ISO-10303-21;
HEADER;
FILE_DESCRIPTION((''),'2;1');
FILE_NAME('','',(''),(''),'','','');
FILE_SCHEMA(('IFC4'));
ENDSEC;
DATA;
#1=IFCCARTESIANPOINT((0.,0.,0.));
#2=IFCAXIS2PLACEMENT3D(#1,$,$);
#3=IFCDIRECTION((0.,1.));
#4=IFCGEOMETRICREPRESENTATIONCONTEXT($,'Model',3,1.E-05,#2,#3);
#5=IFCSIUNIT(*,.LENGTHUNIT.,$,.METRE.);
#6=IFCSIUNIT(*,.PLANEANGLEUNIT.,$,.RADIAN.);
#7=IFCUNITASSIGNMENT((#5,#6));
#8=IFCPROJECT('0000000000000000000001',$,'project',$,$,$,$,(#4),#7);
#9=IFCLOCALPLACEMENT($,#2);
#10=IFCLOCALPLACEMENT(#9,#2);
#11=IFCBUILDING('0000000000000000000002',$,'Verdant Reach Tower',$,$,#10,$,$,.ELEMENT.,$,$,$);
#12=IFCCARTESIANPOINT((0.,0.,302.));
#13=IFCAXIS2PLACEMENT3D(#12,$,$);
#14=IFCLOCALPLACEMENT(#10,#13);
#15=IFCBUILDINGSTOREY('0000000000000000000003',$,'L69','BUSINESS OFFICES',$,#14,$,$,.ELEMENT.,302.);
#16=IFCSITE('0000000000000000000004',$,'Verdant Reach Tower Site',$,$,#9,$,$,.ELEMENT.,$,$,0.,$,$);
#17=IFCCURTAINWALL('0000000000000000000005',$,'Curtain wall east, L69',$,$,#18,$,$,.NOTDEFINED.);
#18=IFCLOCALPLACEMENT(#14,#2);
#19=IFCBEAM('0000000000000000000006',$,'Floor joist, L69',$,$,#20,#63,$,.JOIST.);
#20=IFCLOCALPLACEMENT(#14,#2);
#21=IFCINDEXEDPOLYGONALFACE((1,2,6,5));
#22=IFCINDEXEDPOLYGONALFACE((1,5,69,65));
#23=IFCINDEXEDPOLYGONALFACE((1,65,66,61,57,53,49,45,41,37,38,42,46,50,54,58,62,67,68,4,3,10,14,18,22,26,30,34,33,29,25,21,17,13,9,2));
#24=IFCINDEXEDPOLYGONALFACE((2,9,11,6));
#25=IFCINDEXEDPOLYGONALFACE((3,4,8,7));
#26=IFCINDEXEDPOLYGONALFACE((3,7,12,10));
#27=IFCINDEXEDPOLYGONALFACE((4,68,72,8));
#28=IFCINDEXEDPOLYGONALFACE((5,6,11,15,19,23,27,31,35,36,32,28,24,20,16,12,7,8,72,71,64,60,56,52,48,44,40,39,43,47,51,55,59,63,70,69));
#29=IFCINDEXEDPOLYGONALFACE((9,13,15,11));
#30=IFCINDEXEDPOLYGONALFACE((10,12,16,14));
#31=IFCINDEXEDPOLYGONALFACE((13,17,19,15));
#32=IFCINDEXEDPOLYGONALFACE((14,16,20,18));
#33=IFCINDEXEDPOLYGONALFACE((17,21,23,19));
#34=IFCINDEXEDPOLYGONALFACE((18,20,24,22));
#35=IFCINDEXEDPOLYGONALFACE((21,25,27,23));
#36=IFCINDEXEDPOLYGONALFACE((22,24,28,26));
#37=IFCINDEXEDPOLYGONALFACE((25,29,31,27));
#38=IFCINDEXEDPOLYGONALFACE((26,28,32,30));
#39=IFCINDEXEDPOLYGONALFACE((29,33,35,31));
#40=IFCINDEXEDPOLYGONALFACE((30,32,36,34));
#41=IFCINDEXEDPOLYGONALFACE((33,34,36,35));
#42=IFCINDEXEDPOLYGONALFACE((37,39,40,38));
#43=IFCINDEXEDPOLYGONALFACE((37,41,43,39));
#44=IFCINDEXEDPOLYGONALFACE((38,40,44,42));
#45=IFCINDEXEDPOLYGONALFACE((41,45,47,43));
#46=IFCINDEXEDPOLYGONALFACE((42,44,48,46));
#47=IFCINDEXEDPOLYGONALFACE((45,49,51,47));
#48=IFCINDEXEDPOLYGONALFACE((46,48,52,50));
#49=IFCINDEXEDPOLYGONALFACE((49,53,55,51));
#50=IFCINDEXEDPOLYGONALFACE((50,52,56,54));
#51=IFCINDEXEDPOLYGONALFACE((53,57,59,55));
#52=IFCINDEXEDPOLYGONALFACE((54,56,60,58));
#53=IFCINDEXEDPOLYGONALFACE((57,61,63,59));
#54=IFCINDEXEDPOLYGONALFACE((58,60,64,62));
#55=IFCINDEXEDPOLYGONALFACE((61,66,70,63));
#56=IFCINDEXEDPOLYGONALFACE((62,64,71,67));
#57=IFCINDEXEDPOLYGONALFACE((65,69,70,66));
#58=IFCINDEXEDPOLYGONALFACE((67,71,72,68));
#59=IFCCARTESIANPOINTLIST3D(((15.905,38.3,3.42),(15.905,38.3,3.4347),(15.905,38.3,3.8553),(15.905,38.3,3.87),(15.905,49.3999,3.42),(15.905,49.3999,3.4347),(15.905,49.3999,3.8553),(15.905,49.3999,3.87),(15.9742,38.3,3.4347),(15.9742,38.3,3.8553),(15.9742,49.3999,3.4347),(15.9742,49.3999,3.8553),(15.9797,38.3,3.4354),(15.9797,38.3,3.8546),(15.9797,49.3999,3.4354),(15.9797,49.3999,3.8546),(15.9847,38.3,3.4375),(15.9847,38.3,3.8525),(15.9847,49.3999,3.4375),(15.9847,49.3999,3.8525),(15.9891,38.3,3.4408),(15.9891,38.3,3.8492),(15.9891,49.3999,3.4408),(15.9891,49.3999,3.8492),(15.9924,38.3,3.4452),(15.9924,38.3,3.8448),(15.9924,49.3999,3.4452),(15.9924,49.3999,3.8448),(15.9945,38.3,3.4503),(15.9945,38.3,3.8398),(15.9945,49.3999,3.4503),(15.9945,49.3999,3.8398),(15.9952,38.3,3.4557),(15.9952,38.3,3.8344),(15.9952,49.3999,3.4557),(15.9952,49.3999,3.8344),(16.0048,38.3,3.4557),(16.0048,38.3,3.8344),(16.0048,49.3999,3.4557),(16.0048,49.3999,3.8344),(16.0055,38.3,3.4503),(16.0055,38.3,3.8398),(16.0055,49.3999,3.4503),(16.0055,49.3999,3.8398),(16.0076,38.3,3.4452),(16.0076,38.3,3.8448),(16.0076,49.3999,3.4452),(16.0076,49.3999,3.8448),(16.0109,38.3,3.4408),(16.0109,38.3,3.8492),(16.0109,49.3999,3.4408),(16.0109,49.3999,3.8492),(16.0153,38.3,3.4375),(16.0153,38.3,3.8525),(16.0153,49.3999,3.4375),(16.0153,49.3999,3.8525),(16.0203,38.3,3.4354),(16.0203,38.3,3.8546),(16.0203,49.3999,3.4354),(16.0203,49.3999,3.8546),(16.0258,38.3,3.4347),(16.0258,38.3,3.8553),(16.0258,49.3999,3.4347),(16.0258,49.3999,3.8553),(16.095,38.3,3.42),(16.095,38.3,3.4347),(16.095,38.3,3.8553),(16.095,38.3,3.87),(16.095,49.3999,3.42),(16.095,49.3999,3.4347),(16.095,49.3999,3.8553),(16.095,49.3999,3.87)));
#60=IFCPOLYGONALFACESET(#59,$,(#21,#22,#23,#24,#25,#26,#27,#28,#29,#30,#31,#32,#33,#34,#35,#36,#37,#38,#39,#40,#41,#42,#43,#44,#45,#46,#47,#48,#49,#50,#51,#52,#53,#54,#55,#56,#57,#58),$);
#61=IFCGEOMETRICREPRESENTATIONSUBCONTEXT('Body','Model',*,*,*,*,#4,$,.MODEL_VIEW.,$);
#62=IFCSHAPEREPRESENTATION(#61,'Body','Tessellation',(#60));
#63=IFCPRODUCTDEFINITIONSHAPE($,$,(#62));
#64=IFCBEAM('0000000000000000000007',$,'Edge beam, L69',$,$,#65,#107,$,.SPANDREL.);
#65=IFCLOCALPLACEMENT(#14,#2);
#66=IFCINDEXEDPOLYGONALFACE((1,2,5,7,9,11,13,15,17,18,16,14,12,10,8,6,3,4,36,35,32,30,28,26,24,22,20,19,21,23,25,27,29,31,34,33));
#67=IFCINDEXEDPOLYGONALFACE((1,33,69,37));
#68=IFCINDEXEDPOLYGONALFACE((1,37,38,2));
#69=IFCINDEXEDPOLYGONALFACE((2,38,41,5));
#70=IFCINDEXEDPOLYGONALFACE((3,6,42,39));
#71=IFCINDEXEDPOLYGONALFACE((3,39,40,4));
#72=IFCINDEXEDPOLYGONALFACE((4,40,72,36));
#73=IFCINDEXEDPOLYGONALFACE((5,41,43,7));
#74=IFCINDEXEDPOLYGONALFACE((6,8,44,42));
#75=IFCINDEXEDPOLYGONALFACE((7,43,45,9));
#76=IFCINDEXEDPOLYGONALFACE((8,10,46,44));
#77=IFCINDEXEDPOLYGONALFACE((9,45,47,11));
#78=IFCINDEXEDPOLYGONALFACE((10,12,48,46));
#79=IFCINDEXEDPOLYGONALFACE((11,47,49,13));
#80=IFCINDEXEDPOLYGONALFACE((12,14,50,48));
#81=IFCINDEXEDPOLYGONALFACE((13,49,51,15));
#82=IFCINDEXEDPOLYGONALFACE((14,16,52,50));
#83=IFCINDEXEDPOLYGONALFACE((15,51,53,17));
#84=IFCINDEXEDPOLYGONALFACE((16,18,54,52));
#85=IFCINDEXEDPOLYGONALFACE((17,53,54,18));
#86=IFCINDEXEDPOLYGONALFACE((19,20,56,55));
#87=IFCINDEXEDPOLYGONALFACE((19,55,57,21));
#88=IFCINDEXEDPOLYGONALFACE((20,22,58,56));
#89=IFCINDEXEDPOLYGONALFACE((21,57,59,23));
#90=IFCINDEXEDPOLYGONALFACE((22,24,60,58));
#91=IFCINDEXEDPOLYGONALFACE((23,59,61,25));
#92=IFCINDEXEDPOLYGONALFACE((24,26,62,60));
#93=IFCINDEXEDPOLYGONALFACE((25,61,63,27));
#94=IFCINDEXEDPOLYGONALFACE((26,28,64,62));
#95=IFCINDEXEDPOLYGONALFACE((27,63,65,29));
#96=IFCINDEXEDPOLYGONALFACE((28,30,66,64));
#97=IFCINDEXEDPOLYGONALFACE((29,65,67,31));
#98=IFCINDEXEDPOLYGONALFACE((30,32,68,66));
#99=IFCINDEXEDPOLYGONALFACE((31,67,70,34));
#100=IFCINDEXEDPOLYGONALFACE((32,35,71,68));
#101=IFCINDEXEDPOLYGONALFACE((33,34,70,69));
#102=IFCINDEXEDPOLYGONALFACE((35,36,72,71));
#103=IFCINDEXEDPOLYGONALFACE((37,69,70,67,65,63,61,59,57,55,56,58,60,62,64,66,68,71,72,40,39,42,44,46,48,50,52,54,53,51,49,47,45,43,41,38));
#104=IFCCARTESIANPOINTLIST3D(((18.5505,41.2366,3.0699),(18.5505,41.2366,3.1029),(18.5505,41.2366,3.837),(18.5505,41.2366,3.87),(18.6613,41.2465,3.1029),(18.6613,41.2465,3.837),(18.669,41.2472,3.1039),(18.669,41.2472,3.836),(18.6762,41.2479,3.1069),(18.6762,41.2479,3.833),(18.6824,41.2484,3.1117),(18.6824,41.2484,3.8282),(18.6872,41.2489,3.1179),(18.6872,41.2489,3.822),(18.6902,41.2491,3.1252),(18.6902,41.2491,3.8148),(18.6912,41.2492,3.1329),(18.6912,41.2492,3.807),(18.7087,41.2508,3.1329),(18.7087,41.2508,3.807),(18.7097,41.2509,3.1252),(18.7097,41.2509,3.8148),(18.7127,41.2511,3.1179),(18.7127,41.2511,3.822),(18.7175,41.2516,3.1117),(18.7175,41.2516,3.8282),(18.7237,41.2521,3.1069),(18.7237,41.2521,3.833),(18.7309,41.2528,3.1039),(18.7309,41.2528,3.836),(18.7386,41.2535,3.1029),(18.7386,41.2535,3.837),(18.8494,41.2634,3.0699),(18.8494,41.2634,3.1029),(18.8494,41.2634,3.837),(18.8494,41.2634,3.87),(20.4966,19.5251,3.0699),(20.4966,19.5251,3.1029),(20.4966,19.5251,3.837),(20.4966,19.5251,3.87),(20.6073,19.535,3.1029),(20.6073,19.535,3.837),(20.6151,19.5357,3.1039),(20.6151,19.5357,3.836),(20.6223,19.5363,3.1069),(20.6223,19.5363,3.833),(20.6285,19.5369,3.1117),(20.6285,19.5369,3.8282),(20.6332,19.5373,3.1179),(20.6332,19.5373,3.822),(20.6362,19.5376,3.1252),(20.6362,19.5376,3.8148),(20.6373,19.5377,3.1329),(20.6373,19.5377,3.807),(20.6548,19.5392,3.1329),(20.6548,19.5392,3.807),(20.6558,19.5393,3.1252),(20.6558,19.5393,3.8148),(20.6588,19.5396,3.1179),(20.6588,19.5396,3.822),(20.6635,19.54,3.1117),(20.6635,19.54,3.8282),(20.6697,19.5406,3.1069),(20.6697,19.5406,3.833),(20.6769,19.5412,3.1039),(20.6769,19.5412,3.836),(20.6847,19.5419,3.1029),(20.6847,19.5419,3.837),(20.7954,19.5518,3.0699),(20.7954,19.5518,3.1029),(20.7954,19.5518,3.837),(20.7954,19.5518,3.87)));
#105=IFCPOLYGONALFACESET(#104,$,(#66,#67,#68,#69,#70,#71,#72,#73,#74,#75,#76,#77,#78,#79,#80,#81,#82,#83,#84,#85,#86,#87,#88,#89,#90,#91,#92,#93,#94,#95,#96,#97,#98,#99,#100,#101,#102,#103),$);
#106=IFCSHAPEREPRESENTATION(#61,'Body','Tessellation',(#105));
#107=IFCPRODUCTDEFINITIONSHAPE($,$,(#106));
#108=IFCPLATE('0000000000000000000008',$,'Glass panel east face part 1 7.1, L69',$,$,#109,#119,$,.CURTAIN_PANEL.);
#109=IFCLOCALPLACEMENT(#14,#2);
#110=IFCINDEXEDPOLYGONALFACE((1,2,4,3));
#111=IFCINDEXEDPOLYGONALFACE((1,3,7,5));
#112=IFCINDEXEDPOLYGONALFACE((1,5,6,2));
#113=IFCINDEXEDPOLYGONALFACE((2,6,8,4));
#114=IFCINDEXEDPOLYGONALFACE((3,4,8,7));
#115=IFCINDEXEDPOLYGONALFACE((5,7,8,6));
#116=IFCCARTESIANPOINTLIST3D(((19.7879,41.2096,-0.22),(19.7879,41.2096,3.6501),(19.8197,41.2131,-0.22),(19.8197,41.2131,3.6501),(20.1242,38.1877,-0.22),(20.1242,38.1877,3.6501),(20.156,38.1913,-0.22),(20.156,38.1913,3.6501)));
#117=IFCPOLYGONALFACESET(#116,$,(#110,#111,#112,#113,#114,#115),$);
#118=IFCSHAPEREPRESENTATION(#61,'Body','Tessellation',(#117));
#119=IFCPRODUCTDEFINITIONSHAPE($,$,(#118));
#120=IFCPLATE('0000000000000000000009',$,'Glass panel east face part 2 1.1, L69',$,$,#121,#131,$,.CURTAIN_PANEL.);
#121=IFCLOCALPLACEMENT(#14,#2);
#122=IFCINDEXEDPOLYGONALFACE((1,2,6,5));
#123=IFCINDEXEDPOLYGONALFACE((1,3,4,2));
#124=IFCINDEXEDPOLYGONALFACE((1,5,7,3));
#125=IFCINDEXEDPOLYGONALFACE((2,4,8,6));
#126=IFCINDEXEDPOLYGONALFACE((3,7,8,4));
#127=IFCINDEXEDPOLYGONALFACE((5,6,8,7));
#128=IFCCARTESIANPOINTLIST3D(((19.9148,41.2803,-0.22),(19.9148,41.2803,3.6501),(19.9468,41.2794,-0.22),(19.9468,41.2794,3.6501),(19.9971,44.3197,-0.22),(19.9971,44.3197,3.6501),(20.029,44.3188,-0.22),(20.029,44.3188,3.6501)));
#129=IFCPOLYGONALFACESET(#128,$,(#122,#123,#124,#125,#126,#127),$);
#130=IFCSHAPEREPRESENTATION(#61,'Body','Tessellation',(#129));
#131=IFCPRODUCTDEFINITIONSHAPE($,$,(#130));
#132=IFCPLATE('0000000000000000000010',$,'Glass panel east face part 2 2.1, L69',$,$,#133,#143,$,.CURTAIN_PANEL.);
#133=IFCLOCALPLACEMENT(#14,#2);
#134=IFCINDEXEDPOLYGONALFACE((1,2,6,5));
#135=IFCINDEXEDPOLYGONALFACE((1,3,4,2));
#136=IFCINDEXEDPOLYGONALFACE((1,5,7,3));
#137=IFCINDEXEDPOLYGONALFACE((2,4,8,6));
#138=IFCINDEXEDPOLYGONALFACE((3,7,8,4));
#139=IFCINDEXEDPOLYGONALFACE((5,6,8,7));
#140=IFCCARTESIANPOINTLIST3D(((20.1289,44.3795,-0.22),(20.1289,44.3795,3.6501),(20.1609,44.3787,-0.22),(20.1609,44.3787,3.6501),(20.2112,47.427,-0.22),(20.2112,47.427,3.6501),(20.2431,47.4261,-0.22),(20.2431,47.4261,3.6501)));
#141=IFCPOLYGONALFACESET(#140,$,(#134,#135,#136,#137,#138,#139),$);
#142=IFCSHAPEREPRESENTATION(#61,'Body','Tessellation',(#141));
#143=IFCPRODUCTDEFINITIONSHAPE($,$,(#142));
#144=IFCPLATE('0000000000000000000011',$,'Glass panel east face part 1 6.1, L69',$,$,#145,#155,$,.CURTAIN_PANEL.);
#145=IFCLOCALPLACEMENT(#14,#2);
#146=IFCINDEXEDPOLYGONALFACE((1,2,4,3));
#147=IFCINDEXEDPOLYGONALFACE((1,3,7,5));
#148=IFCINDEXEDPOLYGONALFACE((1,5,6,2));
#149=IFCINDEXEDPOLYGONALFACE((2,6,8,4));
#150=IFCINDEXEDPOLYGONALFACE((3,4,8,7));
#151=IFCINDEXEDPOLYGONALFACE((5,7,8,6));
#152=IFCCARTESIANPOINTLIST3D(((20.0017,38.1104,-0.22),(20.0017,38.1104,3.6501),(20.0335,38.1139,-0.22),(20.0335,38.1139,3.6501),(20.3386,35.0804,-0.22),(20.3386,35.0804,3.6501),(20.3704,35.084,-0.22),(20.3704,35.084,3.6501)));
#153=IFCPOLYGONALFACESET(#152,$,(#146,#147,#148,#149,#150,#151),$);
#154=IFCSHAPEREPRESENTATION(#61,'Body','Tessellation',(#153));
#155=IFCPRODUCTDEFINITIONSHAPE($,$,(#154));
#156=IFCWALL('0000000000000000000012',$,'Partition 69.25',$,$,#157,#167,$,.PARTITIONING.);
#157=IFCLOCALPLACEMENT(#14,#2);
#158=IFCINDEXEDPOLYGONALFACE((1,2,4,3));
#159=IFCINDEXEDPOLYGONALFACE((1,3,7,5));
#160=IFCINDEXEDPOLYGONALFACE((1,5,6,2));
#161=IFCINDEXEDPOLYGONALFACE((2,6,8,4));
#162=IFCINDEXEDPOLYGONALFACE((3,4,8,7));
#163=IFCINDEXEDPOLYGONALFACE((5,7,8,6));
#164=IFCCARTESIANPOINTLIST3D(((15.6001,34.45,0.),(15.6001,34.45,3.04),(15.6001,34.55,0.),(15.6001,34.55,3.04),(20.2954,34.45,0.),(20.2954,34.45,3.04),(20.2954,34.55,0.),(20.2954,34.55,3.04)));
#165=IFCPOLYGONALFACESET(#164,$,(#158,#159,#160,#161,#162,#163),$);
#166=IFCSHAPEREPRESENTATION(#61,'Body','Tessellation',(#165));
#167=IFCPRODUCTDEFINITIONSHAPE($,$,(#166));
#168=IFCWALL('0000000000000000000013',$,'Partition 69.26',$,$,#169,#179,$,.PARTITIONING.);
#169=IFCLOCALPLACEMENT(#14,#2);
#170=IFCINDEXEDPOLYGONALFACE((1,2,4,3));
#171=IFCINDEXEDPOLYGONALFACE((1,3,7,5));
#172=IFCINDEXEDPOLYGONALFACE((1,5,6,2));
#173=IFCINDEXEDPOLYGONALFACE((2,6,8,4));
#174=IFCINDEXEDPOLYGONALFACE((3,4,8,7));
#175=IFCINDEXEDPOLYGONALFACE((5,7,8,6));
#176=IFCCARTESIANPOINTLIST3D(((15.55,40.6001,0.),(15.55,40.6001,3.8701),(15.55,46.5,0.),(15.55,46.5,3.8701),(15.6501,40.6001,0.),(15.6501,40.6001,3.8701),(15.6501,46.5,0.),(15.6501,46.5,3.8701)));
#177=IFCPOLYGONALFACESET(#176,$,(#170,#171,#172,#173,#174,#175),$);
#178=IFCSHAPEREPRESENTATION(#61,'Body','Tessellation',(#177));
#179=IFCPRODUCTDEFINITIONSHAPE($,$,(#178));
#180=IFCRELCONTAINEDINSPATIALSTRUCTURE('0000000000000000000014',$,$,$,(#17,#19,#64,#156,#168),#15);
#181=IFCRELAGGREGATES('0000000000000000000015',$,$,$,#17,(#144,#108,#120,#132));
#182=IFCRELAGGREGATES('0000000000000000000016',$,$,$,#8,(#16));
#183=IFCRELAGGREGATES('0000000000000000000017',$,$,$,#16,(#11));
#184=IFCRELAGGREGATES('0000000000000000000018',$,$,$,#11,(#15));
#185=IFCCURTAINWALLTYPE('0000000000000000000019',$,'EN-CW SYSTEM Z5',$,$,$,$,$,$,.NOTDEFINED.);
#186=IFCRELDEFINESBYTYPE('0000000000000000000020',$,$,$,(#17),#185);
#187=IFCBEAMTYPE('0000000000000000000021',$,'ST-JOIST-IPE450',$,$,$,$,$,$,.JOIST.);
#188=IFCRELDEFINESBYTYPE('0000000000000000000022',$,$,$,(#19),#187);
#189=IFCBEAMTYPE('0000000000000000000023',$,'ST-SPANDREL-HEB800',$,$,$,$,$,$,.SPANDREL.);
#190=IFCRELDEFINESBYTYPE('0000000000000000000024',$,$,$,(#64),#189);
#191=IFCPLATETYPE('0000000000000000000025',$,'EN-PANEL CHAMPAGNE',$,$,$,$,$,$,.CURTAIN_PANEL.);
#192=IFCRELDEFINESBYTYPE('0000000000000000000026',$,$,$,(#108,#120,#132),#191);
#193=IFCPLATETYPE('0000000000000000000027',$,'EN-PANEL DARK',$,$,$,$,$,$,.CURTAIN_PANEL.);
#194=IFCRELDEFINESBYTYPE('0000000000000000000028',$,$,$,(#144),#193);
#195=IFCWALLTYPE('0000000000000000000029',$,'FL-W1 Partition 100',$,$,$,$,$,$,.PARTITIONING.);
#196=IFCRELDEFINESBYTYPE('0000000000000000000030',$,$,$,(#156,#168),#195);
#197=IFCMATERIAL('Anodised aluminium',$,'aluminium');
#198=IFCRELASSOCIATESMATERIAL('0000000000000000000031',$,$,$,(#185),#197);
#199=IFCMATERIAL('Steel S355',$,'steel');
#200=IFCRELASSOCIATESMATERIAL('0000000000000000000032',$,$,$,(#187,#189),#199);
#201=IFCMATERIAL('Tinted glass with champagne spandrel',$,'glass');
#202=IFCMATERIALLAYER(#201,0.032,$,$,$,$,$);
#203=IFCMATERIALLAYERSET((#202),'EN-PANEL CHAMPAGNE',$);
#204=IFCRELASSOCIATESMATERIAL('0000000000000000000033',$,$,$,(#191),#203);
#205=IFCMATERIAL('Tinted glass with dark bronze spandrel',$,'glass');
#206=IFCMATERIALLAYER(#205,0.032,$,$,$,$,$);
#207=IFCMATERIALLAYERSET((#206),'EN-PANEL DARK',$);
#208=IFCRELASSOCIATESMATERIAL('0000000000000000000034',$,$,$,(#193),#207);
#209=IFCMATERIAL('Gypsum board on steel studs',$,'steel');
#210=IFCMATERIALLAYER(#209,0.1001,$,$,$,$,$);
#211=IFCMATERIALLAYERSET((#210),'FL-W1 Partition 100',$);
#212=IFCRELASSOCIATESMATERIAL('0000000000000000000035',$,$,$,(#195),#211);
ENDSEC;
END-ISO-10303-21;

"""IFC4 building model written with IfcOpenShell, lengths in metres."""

from ifc_helpers import new_model, si_unit, direction, frame, frame_2d, origin, origin_2d, place, context, subcontext, project, spatial, rectangle, i_section, extrude, material, layer, layer_set, material_profile, profile_set, type_object, element, aggregate, save


model = new_model("IFC4")

# Units and contexts
model_context = context("Model", 3, precision=1e-05, world=origin(), true_north=direction((0.0, 1.0)))
body_context = subcontext(model_context, "Body", "Model", "MODEL_VIEW")
ifc_project = project(units=[si_unit("LENGTHUNIT", "METRE"), si_unit("PLANEANGLEUNIT", "RADIAN")], contexts=[model_context])

# Site, building, storey
site_placement = place(None, origin())
site = spatial("IfcSite", under=ifc_project, at=site_placement, Name="Verdant Reach Tower Site", CompositionType="ELEMENT", RefElevation=0.0)
building_placement = place(site_placement, origin())
building = spatial("IfcBuilding", under=site, at=building_placement, Name="Verdant Reach Tower", CompositionType="ELEMENT")
storey_placement = place(building_placement, frame((0.0, 0.0, 302.0)))
storey = spatial("IfcBuildingStorey", under=building, at=storey_placement, Name="L69", Description="BUSINESS OFFICES", CompositionType="ELEMENT", Elevation=302.0)

# Curtain wall
ifc_material_1 = material(Name="Anodised aluminium", Category="aluminium")
curtain_wall_type = type_object("IfcCurtainWallType", Name="EN-CW SYSTEM Z5", PredefinedType="NOTDEFINED", material=ifc_material_1)
curtain_wall_placement = place(storey_placement, origin())
curtain_wall = element("IfcCurtainWall", 1, at=curtain_wall_placement, inside=storey, type_object=curtain_wall_type, Name="Curtain wall east, L69", PredefinedType="NOTDEFINED")

# Beams
ifc_material_2 = material(Name="Steel S355", Category="steel")
ifc_material_profile_1 = material_profile(ifc_material_2, i_section(OverallWidth=0.1899, OverallDepth=0.45, WebThickness=0.0095, FlangeThickness=0.0146, FilletRadius=0.021, at=origin_2d()), Name="IPE 450")
ifc_profile_set_1 = profile_set([ifc_material_profile_1], Name="Steel S355")
beam_type_1 = type_object("IfcBeamType", Name="ST-JOIST-IPE450", PredefinedType="JOIST", material=ifc_profile_set_1)
beam_1_placement = place(storey_placement, frame((16.0, 38.3, 3.645), z_axis=(0.0, 1.0, 0.0), x_axis=(-1.0, 0.0, 0.0)))
element("IfcBeam", 2, at=beam_1_placement, inside=storey, type_object=beam_type_1, Name="Floor joist, L69", PredefinedType="JOIST", context=body_context, shape_type="SweptSolid", body=[
    extrude(i_section(OverallWidth=0.1899, OverallDepth=0.45, WebThickness=0.0095, FlangeThickness=0.0146, FilletRadius=0.021, at=origin_2d()), origin(), (0.0, 0.0, 1.0), 11.0999),
])
ifc_material_profile_2 = material_profile(ifc_material_2, i_section(OverallWidth=0.3, OverallDepth=0.8, WebThickness=0.0176, FlangeThickness=0.033, FilletRadius=0.03, at=origin_2d()), Name="HEB 800")
ifc_profile_set_2 = profile_set([ifc_material_profile_2], Name="Steel S355")
beam_type_2 = type_object("IfcBeamType", Name="ST-SPANDREL-HEB800", PredefinedType="SPANDREL", material=ifc_profile_set_2)
beam_2_placement = place(storey_placement, frame((18.7, 41.25, 3.47), z_axis=(0.089274, -0.996007, 0.0), x_axis=(0.996007, 0.089274, 0.0)))
element("IfcBeam", 3, at=beam_2_placement, inside=storey, type_object=beam_type_2, Name="Edge beam, L69", PredefinedType="SPANDREL", context=body_context, shape_type="SweptSolid", body=[
    extrude(i_section(OverallWidth=0.3, OverallDepth=0.8, WebThickness=0.0176, FlangeThickness=0.033, FilletRadius=0.03, at=origin_2d()), origin(), (0.0, 0.0, 1.0), 21.7986),
])

# Plates
ifc_material_3 = material(Name="Tinted glass with champagne spandrel", Category="glass")
ifc_layer_1 = layer(ifc_material_3, 0.032)
ifc_layer_set_1 = layer_set([ifc_layer_1], Name="EN-PANEL CHAMPAGNE")
plate_type_1 = type_object("IfcPlateType", Name="EN-PANEL CHAMPAGNE", PredefinedType="CURTAIN_PANEL", material=ifc_layer_set_1)
plate_1_placement = place(storey_placement, frame((19.9719, 39.7004, -0.22), z_axis=(0.0, 0.0, 1.0), x_axis=(-0.110605, 0.993864, 0.0)))
plate_1 = element("IfcPlate", 4, at=plate_1_placement, type_object=plate_type_1, Name="Glass panel east face part 1 7.1, L69", PredefinedType="CURTAIN_PANEL", context=body_context, shape_type="SweptSolid", body=[
    extrude(rectangle(XDim=3.0405, YDim=0.032, at=origin_2d()), origin(), (0.0, 0.0, 1.0), 3.8701),
])
plate_2_placement = place(storey_placement, frame((19.9719, 42.7996, -0.22), z_axis=(0.0, 0.0, 1.0), x_axis=(0.027053, 0.999634, 0.0)))
plate_2 = element("IfcPlate", 5, at=plate_2_placement, type_object=plate_type_1, Name="Glass panel east face part 2 1.1, L69", PredefinedType="CURTAIN_PANEL", context=body_context, shape_type="SweptSolid", body=[
    extrude(rectangle(XDim=3.0405, YDim=0.032, at=origin_2d()), origin(), (0.0, 0.0, 1.0), 3.8701),
])
plate_3_placement = place(storey_placement, frame((20.186, 45.9028, -0.22), z_axis=(0.0, 0.0, 1.0), x_axis=(0.026965, 0.999636, 0.0)))
plate_3 = element("IfcPlate", 6, at=plate_3_placement, type_object=plate_type_1, Name="Glass panel east face part 2 2.1, L69", PredefinedType="CURTAIN_PANEL", context=body_context, shape_type="SweptSolid", body=[
    extrude(rectangle(XDim=3.0486, YDim=0.032, at=origin_2d()), origin(), (0.0, 0.0, 1.0), 3.8701),
])
ifc_material_4 = material(Name="Tinted glass with dark bronze spandrel", Category="glass")
ifc_layer_2 = layer(ifc_material_4, 0.032)
ifc_layer_set_2 = layer_set([ifc_layer_2], Name="EN-PANEL DARK")
plate_type_2 = type_object("IfcPlateType", Name="EN-PANEL DARK", PredefinedType="CURTAIN_PANEL", material=ifc_layer_set_2)
plate_4_placement = place(storey_placement, frame((20.186, 36.5972, -0.22), z_axis=(0.0, 0.0, 1.0), x_axis=(-0.110518, 0.993874, 0.0)))
plate_4 = element("IfcPlate", 7, at=plate_4_placement, type_object=plate_type_2, Name="Glass panel east face part 1 6.1, L69", PredefinedType="CURTAIN_PANEL", context=body_context, shape_type="SweptSolid", body=[
    extrude(rectangle(XDim=3.0486, YDim=0.032, at=origin_2d()), origin(), (0.0, 0.0, 1.0), 3.8701),
])
aggregate(curtain_wall, [plate_4, plate_1, plate_2, plate_3])

# Walls
ifc_material_5 = material(Name="Gypsum board on steel studs", Category="steel")
ifc_layer_3 = layer(ifc_material_5, 0.1001)
ifc_layer_set_3 = layer_set([ifc_layer_3], Name="FL-W1 Partition 100")
wall_type_1 = type_object("IfcWallType", Name="FL-W1 Partition 100", PredefinedType="PARTITIONING", material=ifc_layer_set_3)
wall_1_placement = place(storey_placement, frame((20.2954, 34.5, 0.0), z_axis=(0.0, 0.0, 1.0), x_axis=(-1.0, 0.0, 0.0)))
element("IfcWall", 8, at=wall_1_placement, inside=storey, type_object=wall_type_1, Name="Partition 69.25", PredefinedType="PARTITIONING", context=body_context, shape_type="SweptSolid", body=[
    extrude(rectangle(XDim=4.6953, YDim=0.1001, at=frame_2d((2.3477, 0.0))), origin(), (0.0, 0.0, 1.0), 3.04),
])
wall_2_placement = place(storey_placement, frame((15.6001, 46.5, 0.0), z_axis=(0.0, 0.0, 1.0), x_axis=(0.0, -1.0, 0.0)))
element("IfcWall", 9, at=wall_2_placement, inside=storey, type_object=wall_type_1, Name="Partition 69.26", PredefinedType="PARTITIONING", context=body_context, shape_type="SweptSolid", body=[
    extrude(rectangle(XDim=5.8999, YDim=0.1001, at=frame_2d((2.95, 0.0))), origin(), (0.0, 0.0, 1.0), 3.8701),
])

save(model, "model.ifc")
